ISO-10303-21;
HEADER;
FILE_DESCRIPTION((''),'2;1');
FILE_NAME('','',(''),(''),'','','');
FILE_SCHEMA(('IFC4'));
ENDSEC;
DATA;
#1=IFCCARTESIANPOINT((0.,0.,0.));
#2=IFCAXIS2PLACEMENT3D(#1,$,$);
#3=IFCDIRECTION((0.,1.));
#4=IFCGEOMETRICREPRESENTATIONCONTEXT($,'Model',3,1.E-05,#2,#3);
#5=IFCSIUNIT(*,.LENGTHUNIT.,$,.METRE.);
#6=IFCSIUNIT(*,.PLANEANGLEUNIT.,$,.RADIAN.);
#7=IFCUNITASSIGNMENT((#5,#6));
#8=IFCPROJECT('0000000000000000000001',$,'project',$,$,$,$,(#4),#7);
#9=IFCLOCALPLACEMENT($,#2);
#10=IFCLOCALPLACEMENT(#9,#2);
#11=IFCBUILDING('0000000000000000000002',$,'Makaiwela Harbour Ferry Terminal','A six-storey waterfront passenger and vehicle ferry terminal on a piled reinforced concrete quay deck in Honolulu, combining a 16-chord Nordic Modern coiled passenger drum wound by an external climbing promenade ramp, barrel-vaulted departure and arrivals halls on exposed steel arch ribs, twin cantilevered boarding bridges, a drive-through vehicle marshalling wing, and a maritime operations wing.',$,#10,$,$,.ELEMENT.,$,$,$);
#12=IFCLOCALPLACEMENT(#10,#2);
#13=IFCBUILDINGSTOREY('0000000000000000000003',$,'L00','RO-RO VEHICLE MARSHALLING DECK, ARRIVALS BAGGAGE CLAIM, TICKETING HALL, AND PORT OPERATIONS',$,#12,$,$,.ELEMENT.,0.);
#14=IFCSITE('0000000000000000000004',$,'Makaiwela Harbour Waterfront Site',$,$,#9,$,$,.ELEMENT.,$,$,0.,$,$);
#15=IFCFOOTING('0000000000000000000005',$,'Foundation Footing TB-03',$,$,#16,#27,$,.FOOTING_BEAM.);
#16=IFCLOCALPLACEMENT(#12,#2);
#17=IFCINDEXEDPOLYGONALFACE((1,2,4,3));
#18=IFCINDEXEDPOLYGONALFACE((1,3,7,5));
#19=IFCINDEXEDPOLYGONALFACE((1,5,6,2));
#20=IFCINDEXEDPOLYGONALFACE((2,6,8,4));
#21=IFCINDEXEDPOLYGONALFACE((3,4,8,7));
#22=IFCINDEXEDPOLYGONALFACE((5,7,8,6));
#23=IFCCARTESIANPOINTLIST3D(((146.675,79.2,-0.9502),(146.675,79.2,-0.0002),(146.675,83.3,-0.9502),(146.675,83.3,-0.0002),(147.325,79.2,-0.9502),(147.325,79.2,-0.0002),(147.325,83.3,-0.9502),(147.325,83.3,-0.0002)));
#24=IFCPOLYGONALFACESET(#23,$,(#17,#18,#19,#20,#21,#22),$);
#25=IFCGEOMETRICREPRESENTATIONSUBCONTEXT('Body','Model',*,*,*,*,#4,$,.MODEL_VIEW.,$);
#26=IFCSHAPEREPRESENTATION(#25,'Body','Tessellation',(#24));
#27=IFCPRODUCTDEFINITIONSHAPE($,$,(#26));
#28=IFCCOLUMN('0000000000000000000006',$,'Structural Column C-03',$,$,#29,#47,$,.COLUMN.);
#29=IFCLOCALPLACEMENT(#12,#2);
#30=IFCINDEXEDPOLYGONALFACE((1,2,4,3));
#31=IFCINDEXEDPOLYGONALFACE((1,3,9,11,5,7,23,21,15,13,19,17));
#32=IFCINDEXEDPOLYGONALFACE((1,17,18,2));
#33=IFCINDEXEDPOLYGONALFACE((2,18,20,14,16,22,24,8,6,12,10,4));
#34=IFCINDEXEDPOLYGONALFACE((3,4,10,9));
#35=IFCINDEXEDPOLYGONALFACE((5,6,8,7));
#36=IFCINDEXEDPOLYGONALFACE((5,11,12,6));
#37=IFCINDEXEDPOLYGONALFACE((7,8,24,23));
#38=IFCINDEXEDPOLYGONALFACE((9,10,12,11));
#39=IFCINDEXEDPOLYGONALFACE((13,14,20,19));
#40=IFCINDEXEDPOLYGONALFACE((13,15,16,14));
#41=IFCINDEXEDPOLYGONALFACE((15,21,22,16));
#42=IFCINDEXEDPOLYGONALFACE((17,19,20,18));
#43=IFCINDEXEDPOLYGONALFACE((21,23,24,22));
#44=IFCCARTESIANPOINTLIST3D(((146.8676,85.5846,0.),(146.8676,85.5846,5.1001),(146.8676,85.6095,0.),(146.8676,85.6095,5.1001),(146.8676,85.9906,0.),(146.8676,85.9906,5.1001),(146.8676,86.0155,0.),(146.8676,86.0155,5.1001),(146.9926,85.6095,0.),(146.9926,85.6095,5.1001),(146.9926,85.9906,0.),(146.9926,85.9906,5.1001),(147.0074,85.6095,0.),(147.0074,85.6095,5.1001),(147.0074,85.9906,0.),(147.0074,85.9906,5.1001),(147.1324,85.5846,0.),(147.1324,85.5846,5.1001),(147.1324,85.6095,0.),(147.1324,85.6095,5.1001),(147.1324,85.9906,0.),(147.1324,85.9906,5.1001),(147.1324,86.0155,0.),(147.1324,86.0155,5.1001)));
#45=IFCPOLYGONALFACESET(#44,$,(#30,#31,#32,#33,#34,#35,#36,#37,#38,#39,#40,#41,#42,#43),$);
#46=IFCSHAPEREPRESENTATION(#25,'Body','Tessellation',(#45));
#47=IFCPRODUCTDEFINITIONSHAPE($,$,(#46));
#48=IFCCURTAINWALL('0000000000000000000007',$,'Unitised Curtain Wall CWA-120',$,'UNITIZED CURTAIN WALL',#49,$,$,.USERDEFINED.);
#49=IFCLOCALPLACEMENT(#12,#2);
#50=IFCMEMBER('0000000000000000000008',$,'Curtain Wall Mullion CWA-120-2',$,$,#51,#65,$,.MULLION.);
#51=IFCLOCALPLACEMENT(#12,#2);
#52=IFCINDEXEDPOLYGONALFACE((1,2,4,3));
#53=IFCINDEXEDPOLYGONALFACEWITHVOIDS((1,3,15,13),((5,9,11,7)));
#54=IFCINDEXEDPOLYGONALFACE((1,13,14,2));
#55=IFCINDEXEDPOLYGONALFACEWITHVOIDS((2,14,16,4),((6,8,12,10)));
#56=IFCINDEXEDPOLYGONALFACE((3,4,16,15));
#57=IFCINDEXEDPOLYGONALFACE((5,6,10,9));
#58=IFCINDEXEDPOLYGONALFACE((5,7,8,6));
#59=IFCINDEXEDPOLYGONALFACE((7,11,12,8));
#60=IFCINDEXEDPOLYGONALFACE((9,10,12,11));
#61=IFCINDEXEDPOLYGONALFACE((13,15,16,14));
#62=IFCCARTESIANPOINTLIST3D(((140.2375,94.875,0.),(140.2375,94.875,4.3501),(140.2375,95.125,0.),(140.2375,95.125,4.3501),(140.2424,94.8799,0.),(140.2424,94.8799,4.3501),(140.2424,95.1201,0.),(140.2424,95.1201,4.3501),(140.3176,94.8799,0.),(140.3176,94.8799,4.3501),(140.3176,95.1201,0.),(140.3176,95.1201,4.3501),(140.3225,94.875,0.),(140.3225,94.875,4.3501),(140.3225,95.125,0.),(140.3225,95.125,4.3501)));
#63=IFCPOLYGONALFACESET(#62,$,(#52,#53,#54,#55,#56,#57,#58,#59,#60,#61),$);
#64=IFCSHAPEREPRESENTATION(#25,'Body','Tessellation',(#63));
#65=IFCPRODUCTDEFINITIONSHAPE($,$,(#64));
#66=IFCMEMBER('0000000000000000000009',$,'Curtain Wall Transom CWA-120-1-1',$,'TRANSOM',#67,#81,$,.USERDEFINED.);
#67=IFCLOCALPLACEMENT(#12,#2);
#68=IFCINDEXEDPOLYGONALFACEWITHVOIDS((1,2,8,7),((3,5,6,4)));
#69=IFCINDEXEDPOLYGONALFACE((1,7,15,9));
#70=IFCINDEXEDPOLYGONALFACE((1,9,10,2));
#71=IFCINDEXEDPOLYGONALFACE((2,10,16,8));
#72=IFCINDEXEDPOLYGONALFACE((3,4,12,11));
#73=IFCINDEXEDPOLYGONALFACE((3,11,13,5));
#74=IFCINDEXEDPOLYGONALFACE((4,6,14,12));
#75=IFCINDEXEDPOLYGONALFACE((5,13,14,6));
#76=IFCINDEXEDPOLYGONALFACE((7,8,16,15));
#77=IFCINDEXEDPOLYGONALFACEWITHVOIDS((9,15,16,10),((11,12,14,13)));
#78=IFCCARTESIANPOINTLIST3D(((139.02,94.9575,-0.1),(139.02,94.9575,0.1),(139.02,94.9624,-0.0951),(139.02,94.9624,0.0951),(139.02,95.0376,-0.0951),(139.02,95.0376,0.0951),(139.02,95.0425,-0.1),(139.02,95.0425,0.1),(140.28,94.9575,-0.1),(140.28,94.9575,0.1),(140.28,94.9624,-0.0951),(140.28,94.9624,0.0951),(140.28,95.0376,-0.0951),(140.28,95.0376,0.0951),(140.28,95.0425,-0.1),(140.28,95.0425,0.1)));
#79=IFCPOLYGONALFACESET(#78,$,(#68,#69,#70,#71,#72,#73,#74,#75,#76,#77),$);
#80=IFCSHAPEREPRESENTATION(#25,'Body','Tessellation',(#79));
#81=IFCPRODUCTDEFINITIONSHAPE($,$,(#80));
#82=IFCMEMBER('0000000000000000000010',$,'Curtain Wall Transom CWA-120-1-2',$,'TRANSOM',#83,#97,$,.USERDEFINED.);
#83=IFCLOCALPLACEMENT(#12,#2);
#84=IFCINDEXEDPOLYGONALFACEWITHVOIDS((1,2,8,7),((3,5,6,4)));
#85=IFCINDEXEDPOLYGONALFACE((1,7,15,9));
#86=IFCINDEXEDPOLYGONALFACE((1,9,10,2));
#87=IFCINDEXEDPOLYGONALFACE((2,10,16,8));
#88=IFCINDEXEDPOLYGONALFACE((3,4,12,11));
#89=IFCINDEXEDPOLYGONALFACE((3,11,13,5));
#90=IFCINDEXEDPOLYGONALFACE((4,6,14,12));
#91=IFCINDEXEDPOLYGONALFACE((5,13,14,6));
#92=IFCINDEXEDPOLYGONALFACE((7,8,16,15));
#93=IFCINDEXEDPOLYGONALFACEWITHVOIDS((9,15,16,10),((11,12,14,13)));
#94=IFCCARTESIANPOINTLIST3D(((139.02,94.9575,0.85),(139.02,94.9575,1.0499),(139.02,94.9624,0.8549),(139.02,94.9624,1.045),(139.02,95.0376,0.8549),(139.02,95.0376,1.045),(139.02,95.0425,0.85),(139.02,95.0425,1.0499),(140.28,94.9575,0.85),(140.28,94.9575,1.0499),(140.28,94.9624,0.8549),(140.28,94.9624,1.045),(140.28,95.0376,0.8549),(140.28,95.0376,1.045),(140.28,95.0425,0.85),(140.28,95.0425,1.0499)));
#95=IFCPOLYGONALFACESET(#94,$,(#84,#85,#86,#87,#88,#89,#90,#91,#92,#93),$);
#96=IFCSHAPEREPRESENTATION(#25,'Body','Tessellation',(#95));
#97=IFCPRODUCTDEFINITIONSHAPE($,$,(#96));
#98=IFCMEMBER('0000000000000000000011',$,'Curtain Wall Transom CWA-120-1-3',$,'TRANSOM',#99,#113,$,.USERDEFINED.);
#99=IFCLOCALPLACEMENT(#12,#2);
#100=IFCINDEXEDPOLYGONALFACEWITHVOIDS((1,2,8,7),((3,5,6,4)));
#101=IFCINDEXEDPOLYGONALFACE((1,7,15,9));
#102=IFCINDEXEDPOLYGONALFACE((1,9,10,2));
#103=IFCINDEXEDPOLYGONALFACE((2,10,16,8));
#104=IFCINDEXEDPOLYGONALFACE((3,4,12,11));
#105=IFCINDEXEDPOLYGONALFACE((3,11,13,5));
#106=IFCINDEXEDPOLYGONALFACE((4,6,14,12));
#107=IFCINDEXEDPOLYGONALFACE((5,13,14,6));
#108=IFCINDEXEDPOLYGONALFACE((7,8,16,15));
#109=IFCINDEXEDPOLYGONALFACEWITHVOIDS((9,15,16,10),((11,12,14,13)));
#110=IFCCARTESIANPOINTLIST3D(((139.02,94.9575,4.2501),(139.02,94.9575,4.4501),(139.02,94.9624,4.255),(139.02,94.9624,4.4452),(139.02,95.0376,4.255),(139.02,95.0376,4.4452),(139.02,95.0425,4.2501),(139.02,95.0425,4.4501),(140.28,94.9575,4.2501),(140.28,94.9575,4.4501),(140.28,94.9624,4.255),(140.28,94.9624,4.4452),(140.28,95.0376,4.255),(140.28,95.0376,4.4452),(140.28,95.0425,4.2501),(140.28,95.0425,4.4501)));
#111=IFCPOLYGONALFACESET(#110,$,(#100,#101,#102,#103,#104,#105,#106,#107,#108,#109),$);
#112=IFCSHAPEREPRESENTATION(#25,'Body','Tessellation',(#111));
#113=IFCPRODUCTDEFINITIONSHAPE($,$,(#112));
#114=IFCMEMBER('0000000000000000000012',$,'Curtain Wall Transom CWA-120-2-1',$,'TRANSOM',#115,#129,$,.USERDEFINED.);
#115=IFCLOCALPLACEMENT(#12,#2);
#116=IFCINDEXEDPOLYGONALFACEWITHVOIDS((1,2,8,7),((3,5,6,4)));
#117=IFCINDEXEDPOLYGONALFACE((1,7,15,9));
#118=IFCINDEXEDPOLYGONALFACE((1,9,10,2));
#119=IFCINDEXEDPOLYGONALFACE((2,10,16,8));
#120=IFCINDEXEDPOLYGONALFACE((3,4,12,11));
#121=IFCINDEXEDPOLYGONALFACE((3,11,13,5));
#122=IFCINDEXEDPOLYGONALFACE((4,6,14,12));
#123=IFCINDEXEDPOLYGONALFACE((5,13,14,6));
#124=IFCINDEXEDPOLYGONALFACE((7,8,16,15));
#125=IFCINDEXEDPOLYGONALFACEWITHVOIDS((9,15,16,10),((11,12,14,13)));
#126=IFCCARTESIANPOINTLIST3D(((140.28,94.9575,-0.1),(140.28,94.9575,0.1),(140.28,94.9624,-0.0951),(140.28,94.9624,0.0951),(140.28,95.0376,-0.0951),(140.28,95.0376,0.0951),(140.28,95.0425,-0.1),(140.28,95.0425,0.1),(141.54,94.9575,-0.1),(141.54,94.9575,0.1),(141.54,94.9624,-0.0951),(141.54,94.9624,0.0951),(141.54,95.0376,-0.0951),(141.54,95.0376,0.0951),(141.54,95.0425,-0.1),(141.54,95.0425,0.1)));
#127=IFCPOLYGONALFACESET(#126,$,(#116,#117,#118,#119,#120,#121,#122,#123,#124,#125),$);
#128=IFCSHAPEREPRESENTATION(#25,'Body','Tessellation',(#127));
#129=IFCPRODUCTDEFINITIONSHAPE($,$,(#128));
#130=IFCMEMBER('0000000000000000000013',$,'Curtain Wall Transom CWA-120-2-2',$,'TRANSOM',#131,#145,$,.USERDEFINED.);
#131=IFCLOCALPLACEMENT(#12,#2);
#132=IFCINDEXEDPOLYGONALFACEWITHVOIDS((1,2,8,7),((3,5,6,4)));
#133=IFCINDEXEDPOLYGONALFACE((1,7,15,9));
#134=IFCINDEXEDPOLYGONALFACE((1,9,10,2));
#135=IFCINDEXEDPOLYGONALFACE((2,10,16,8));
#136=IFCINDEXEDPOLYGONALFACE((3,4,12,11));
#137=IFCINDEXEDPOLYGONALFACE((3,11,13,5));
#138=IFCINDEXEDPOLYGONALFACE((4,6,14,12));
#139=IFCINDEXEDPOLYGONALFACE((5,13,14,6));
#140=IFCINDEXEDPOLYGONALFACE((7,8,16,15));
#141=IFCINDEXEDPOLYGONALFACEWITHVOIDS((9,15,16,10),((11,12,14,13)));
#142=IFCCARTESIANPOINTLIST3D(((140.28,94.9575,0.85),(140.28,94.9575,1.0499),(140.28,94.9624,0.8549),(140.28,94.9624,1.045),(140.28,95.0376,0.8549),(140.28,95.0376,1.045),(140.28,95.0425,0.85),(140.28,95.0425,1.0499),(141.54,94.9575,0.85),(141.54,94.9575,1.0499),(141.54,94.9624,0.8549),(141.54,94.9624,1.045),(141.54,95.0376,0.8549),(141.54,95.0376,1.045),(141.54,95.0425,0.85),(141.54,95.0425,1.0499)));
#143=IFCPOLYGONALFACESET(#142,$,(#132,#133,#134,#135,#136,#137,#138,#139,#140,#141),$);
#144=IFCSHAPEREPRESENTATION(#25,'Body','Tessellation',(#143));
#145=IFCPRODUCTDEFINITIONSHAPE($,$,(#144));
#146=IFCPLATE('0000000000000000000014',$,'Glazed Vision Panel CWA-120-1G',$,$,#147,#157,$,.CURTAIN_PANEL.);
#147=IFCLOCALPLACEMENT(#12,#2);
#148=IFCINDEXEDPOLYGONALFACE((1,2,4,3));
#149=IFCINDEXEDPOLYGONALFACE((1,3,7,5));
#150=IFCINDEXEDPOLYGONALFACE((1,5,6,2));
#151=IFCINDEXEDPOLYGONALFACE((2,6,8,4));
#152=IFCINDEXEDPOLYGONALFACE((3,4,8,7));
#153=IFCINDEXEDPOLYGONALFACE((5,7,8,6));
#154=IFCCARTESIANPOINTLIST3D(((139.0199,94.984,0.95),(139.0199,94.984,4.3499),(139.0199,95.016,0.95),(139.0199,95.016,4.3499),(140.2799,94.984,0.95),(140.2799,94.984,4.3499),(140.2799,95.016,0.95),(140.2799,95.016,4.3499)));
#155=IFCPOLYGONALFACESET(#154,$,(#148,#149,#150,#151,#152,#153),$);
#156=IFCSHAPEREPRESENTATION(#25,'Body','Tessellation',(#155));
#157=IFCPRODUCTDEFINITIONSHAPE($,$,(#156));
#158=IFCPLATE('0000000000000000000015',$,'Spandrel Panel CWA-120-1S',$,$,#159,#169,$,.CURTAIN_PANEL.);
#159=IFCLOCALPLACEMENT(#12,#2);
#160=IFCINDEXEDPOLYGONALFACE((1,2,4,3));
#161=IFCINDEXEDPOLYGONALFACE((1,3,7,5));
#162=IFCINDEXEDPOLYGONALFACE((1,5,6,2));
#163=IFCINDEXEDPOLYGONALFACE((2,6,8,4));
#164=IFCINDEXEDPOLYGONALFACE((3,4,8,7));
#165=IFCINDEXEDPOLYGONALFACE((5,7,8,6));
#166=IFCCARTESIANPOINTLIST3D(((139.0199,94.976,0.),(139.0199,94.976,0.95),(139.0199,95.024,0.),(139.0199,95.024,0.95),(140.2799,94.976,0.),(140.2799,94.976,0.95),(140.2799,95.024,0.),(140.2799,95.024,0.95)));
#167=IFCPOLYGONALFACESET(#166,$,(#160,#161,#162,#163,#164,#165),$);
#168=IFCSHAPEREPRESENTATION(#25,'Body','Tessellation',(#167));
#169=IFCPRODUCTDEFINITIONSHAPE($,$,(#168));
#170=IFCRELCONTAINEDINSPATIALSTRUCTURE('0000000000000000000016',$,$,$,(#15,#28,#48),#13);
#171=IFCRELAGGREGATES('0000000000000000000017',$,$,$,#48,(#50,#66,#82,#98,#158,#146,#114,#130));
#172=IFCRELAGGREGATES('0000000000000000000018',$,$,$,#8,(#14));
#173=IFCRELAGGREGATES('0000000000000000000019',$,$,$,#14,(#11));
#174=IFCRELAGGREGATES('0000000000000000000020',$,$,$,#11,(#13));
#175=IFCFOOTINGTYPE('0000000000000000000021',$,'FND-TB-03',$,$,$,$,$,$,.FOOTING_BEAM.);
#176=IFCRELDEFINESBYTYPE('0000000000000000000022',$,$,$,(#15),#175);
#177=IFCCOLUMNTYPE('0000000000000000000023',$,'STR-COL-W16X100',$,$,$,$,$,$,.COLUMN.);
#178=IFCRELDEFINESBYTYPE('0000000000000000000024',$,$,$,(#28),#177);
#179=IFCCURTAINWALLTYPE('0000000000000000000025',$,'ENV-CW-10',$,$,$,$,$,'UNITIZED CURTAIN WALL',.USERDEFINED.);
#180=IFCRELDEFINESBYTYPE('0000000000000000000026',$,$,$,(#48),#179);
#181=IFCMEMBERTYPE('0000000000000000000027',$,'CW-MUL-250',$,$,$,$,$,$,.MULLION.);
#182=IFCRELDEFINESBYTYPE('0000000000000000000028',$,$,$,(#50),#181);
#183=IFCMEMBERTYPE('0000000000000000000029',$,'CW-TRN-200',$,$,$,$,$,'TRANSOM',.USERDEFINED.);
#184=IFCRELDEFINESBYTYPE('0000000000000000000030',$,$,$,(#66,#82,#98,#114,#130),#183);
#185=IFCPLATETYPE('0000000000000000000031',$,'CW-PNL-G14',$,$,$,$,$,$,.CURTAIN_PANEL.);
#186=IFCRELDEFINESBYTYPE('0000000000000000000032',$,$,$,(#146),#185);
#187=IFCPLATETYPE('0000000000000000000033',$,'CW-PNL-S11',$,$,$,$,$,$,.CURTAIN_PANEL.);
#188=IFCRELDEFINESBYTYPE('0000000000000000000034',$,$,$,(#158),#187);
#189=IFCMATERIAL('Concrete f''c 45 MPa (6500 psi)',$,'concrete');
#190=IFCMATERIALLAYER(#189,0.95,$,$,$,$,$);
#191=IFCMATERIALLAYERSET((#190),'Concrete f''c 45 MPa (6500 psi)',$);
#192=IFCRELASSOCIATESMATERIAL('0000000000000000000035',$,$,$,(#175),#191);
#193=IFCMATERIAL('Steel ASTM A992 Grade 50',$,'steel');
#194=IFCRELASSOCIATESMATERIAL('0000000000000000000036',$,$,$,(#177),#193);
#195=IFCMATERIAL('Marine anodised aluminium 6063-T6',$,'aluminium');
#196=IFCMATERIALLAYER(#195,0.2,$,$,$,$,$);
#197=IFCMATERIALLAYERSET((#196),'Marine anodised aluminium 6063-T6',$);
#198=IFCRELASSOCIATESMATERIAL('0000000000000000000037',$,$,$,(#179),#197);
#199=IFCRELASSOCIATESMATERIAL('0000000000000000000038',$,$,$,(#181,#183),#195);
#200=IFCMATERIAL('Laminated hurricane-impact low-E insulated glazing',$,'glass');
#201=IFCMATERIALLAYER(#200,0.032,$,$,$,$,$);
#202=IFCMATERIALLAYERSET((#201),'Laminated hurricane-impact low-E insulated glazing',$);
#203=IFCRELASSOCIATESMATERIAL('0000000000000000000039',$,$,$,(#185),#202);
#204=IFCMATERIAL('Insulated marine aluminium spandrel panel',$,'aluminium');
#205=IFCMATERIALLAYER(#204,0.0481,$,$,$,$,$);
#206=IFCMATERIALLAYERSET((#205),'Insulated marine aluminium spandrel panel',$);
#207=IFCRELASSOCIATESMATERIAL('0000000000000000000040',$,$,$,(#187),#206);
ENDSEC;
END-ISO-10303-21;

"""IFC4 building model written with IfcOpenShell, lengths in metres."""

from ifc_helpers import new_model, si_unit, direction, frame, origin, origin_2d, place, context, subcontext, project, spatial, rectangle, hollow_rectangle, i_section, extrude, material, layer, layer_set, material_profile, profile_set, type_object, element, aggregate, save


model = new_model("IFC4")

# Units and contexts
model_context = context("Model", 3, precision=1e-05, world=origin(), true_north=direction((0.0, 1.0)))
body_context = subcontext(model_context, "Body", "Model", "MODEL_VIEW")
ifc_project = project(units=[si_unit("LENGTHUNIT", "METRE"), si_unit("PLANEANGLEUNIT", "RADIAN")], contexts=[model_context])

# Site, building, storey
site_placement = place(None, origin())
site = spatial("IfcSite", under=ifc_project, at=site_placement, Name="Makaiwela Harbour Waterfront Site", CompositionType="ELEMENT", RefElevation=0.0)
building_placement = place(site_placement, origin())
building = spatial("IfcBuilding", under=site, at=building_placement, Name="Makaiwela Harbour Ferry Terminal", Description="A six-storey waterfront passenger and vehicle ferry terminal on a piled reinforced concrete quay deck in Honolulu, combining a 16-chord Nordic Modern coiled passenger drum wound by an external climbing promenade ramp, barrel-vaulted departure and arrivals halls on exposed steel arch ribs, twin cantilevered boarding bridges, a drive-through vehicle marshalling wing, and a maritime operations wing.", CompositionType="ELEMENT")
storey_placement = place(building_placement, origin())
storey = spatial("IfcBuildingStorey", under=building, at=storey_placement, Name="L00", Description="RO-RO VEHICLE MARSHALLING DECK, ARRIVALS BAGGAGE CLAIM, TICKETING HALL, AND PORT OPERATIONS", CompositionType="ELEMENT", Elevation=0.0)

# Shared definitions
ifc_material_1 = material(Name="Concrete f'c 45 MPa (6500 psi)", Category="concrete")

# Footing
ifc_layer_1 = layer(ifc_material_1, 0.95)
ifc_layer_set_1 = layer_set([ifc_layer_1], Name="Concrete f'c 45 MPa (6500 psi)")
footing_type_1 = type_object("IfcFootingType", Name="FND-TB-03", PredefinedType="FOOTING_BEAM", material=ifc_layer_set_1)
footing_1_placement = place(storey_placement, frame((147.0, 81.25, -0.9502), z_axis=(0.0, 0.0, 1.0), x_axis=(0.0, 1.0, 0.0)))
element("IfcFooting", 1, at=footing_1_placement, inside=storey, type_object=footing_type_1, Name="Foundation Footing TB-03", PredefinedType="FOOTING_BEAM", context=body_context, shape_type="SweptSolid", body=[
    extrude(rectangle(XDim=4.1001, YDim=0.6499, at=origin_2d()), origin(), (0.0, 0.0, 1.0), 0.95),
])

# Column
ifc_material_2 = material(Name="Steel ASTM A992 Grade 50", Category="steel")
ifc_material_profile_1 = material_profile(ifc_material_2, i_section(OverallWidth=0.2649, OverallDepth=0.4309, WebThickness=0.0149, FlangeThickness=0.0249, at=origin_2d()), Name="W16X100")
ifc_profile_set_1 = profile_set([ifc_material_profile_1], Name="Steel ASTM A992 Grade 50")
column_type = type_object("IfcColumnType", Name="STR-COL-W16X100", PredefinedType="COLUMN", material=ifc_profile_set_1)
column_placement = place(storey_placement, frame((147.0, 85.8, 0.0), z_axis=(0.0, 0.0, 1.0), x_axis=(1.0, 0.0, 0.0)))
element("IfcColumn", 2, at=column_placement, inside=storey, type_object=column_type, Name="Structural Column C-03", PredefinedType="COLUMN", context=body_context, shape_type="SweptSolid", body=[
    extrude(i_section(OverallWidth=0.2649, OverallDepth=0.4309, WebThickness=0.0149, FlangeThickness=0.0249, at=origin_2d()), origin(), (0.0, 0.0, 1.0), 5.1001),
])

# Curtain wall, members, plates
ifc_material_3 = material(Name="Marine anodised aluminium 6063-T6", Category="aluminium")
ifc_layer_2 = layer(ifc_material_3, 0.2)
ifc_layer_set_2 = layer_set([ifc_layer_2], Name="Marine anodised aluminium 6063-T6")
curtain_wall_type = type_object("IfcCurtainWallType", Name="ENV-CW-10", ElementType="UNITIZED CURTAIN WALL", PredefinedType="USERDEFINED", material=ifc_layer_set_2)
curtain_wall_placement = place(storey_placement, origin())
curtain_wall = element("IfcCurtainWall", 3, at=curtain_wall_placement, inside=storey, type_object=curtain_wall_type, Name="Unitised Curtain Wall CWA-120", ObjectType="UNITIZED CURTAIN WALL", PredefinedType="USERDEFINED")
ifc_material_profile_2 = material_profile(ifc_material_3, hollow_rectangle(XDim=0.085, YDim=0.25, WallThickness=0.0049, at=origin_2d()), Name="CWM-250X85")
ifc_profile_set_2 = profile_set([ifc_material_profile_2], Name="Marine anodised aluminium 6063-T6")
member_type_1 = type_object("IfcMemberType", Name="CW-MUL-250", PredefinedType="MULLION", material=ifc_profile_set_2)
member_1_placement = place(storey_placement, frame((140.28, 95.0, 0.0), z_axis=(0.0, 0.0, 1.0), x_axis=(1.0, 0.0, 0.0)))
member_1 = element("IfcMember", 4, at=member_1_placement, type_object=member_type_1, Name="Curtain Wall Mullion CWA-120-2", PredefinedType="MULLION", context=body_context, shape_type="SweptSolid", body=[
    extrude(hollow_rectangle(XDim=0.085, YDim=0.25, WallThickness=0.0049, at=origin_2d()), origin(), (0.0, 0.0, 1.0), 4.3501),
])
ifc_material_profile_3 = material_profile(ifc_material_3, hollow_rectangle(XDim=0.085, YDim=0.2, WallThickness=0.0049, at=origin_2d()), Name="CWT-200X85")
ifc_profile_set_3 = profile_set([ifc_material_profile_3], Name="Marine anodised aluminium 6063-T6")
member_type_2 = type_object("IfcMemberType", Name="CW-TRN-200", ElementType="TRANSOM", PredefinedType="USERDEFINED", material=ifc_profile_set_3)
member_2_placement = place(storey_placement, frame((139.02, 95.0, 0.0), z_axis=(1.0, 0.0, 0.0), x_axis=(0.0, 1.0, 0.0)))
member_2 = element("IfcMember", 5, at=member_2_placement, type_object=member_type_2, Name="Curtain Wall Transom CWA-120-1-1", ObjectType="TRANSOM", PredefinedType="USERDEFINED", context=body_context, shape_type="SweptSolid", body=[
    extrude(hollow_rectangle(XDim=0.085, YDim=0.2, WallThickness=0.0049, at=origin_2d()), origin(), (0.0, 0.0, 1.0), 1.26),
])
member_3_placement = place(storey_placement, frame((139.02, 95.0, 0.95), z_axis=(1.0, 0.0, 0.0), x_axis=(0.0, 1.0, 0.0)))
member_3 = element("IfcMember", 6, at=member_3_placement, type_object=member_type_2, Name="Curtain Wall Transom CWA-120-1-2", ObjectType="TRANSOM", PredefinedType="USERDEFINED", context=body_context, shape_type="SweptSolid", body=[
    extrude(hollow_rectangle(XDim=0.085, YDim=0.2, WallThickness=0.0049, at=origin_2d()), origin(), (0.0, 0.0, 1.0), 1.26),
])
member_4_placement = place(storey_placement, frame((139.02, 95.0, 4.3501), z_axis=(1.0, 0.0, 0.0), x_axis=(0.0, 1.0, 0.0)))
member_4 = element("IfcMember", 7, at=member_4_placement, type_object=member_type_2, Name="Curtain Wall Transom CWA-120-1-3", ObjectType="TRANSOM", PredefinedType="USERDEFINED", context=body_context, shape_type="SweptSolid", body=[
    extrude(hollow_rectangle(XDim=0.085, YDim=0.2, WallThickness=0.0049, at=origin_2d()), origin(), (0.0, 0.0, 1.0), 1.26),
])
member_5_placement = place(storey_placement, frame((140.28, 95.0, 0.0), z_axis=(1.0, 0.0, 0.0), x_axis=(0.0, 1.0, 0.0)))
member_5 = element("IfcMember", 8, at=member_5_placement, type_object=member_type_2, Name="Curtain Wall Transom CWA-120-2-1", ObjectType="TRANSOM", PredefinedType="USERDEFINED", context=body_context, shape_type="SweptSolid", body=[
    extrude(hollow_rectangle(XDim=0.085, YDim=0.2, WallThickness=0.0049, at=origin_2d()), origin(), (0.0, 0.0, 1.0), 1.26),
])
member_6_placement = place(storey_placement, frame((140.28, 95.0, 0.95), z_axis=(1.0, 0.0, 0.0), x_axis=(0.0, 1.0, 0.0)))
member_6 = element("IfcMember", 9, at=member_6_placement, type_object=member_type_2, Name="Curtain Wall Transom CWA-120-2-2", ObjectType="TRANSOM", PredefinedType="USERDEFINED", context=body_context, shape_type="SweptSolid", body=[
    extrude(hollow_rectangle(XDim=0.085, YDim=0.2, WallThickness=0.0049, at=origin_2d()), origin(), (0.0, 0.0, 1.0), 1.26),
])
ifc_material_4 = material(Name="Laminated hurricane-impact low-E insulated glazing", Category="glass")
ifc_layer_3 = layer(ifc_material_4, 0.032)
ifc_layer_set_3 = layer_set([ifc_layer_3], Name="Laminated hurricane-impact low-E insulated glazing")
plate_type_1 = type_object("IfcPlateType", Name="CW-PNL-G14", PredefinedType="CURTAIN_PANEL", material=ifc_layer_set_3)
plate_1_placement = place(storey_placement, frame((139.6499, 95.0, 0.95), z_axis=(0.0, 0.0, 1.0), x_axis=(1.0, 0.0, 0.0)))
plate_1 = element("IfcPlate", 10, at=plate_1_placement, type_object=plate_type_1, Name="Glazed Vision Panel CWA-120-1G", PredefinedType="CURTAIN_PANEL", context=body_context, shape_type="SweptSolid", body=[
    extrude(rectangle(XDim=1.26, YDim=0.032, at=origin_2d()), origin(), (0.0, 0.0, 1.0), 3.3999),
])
ifc_material_5 = material(Name="Insulated marine aluminium spandrel panel", Category="aluminium")
ifc_layer_4 = layer(ifc_material_5, 0.0481)
ifc_layer_set_4 = layer_set([ifc_layer_4], Name="Insulated marine aluminium spandrel panel")
plate_type_2 = type_object("IfcPlateType", Name="CW-PNL-S11", PredefinedType="CURTAIN_PANEL", material=ifc_layer_set_4)
plate_2_placement = place(storey_placement, frame((139.6499, 95.0, 0.0), z_axis=(0.0, 0.0, 1.0), x_axis=(1.0, 0.0, 0.0)))
plate_2 = element("IfcPlate", 11, at=plate_2_placement, type_object=plate_type_2, Name="Spandrel Panel CWA-120-1S", PredefinedType="CURTAIN_PANEL", context=body_context, shape_type="SweptSolid", body=[
    extrude(rectangle(XDim=1.26, YDim=0.0481, at=origin_2d()), origin(), (0.0, 0.0, 1.0), 0.95),
])
aggregate(curtain_wall, [member_1, member_2, member_3, member_4, plate_2, plate_1, member_5, member_6])

save(model, "model.ifc")
